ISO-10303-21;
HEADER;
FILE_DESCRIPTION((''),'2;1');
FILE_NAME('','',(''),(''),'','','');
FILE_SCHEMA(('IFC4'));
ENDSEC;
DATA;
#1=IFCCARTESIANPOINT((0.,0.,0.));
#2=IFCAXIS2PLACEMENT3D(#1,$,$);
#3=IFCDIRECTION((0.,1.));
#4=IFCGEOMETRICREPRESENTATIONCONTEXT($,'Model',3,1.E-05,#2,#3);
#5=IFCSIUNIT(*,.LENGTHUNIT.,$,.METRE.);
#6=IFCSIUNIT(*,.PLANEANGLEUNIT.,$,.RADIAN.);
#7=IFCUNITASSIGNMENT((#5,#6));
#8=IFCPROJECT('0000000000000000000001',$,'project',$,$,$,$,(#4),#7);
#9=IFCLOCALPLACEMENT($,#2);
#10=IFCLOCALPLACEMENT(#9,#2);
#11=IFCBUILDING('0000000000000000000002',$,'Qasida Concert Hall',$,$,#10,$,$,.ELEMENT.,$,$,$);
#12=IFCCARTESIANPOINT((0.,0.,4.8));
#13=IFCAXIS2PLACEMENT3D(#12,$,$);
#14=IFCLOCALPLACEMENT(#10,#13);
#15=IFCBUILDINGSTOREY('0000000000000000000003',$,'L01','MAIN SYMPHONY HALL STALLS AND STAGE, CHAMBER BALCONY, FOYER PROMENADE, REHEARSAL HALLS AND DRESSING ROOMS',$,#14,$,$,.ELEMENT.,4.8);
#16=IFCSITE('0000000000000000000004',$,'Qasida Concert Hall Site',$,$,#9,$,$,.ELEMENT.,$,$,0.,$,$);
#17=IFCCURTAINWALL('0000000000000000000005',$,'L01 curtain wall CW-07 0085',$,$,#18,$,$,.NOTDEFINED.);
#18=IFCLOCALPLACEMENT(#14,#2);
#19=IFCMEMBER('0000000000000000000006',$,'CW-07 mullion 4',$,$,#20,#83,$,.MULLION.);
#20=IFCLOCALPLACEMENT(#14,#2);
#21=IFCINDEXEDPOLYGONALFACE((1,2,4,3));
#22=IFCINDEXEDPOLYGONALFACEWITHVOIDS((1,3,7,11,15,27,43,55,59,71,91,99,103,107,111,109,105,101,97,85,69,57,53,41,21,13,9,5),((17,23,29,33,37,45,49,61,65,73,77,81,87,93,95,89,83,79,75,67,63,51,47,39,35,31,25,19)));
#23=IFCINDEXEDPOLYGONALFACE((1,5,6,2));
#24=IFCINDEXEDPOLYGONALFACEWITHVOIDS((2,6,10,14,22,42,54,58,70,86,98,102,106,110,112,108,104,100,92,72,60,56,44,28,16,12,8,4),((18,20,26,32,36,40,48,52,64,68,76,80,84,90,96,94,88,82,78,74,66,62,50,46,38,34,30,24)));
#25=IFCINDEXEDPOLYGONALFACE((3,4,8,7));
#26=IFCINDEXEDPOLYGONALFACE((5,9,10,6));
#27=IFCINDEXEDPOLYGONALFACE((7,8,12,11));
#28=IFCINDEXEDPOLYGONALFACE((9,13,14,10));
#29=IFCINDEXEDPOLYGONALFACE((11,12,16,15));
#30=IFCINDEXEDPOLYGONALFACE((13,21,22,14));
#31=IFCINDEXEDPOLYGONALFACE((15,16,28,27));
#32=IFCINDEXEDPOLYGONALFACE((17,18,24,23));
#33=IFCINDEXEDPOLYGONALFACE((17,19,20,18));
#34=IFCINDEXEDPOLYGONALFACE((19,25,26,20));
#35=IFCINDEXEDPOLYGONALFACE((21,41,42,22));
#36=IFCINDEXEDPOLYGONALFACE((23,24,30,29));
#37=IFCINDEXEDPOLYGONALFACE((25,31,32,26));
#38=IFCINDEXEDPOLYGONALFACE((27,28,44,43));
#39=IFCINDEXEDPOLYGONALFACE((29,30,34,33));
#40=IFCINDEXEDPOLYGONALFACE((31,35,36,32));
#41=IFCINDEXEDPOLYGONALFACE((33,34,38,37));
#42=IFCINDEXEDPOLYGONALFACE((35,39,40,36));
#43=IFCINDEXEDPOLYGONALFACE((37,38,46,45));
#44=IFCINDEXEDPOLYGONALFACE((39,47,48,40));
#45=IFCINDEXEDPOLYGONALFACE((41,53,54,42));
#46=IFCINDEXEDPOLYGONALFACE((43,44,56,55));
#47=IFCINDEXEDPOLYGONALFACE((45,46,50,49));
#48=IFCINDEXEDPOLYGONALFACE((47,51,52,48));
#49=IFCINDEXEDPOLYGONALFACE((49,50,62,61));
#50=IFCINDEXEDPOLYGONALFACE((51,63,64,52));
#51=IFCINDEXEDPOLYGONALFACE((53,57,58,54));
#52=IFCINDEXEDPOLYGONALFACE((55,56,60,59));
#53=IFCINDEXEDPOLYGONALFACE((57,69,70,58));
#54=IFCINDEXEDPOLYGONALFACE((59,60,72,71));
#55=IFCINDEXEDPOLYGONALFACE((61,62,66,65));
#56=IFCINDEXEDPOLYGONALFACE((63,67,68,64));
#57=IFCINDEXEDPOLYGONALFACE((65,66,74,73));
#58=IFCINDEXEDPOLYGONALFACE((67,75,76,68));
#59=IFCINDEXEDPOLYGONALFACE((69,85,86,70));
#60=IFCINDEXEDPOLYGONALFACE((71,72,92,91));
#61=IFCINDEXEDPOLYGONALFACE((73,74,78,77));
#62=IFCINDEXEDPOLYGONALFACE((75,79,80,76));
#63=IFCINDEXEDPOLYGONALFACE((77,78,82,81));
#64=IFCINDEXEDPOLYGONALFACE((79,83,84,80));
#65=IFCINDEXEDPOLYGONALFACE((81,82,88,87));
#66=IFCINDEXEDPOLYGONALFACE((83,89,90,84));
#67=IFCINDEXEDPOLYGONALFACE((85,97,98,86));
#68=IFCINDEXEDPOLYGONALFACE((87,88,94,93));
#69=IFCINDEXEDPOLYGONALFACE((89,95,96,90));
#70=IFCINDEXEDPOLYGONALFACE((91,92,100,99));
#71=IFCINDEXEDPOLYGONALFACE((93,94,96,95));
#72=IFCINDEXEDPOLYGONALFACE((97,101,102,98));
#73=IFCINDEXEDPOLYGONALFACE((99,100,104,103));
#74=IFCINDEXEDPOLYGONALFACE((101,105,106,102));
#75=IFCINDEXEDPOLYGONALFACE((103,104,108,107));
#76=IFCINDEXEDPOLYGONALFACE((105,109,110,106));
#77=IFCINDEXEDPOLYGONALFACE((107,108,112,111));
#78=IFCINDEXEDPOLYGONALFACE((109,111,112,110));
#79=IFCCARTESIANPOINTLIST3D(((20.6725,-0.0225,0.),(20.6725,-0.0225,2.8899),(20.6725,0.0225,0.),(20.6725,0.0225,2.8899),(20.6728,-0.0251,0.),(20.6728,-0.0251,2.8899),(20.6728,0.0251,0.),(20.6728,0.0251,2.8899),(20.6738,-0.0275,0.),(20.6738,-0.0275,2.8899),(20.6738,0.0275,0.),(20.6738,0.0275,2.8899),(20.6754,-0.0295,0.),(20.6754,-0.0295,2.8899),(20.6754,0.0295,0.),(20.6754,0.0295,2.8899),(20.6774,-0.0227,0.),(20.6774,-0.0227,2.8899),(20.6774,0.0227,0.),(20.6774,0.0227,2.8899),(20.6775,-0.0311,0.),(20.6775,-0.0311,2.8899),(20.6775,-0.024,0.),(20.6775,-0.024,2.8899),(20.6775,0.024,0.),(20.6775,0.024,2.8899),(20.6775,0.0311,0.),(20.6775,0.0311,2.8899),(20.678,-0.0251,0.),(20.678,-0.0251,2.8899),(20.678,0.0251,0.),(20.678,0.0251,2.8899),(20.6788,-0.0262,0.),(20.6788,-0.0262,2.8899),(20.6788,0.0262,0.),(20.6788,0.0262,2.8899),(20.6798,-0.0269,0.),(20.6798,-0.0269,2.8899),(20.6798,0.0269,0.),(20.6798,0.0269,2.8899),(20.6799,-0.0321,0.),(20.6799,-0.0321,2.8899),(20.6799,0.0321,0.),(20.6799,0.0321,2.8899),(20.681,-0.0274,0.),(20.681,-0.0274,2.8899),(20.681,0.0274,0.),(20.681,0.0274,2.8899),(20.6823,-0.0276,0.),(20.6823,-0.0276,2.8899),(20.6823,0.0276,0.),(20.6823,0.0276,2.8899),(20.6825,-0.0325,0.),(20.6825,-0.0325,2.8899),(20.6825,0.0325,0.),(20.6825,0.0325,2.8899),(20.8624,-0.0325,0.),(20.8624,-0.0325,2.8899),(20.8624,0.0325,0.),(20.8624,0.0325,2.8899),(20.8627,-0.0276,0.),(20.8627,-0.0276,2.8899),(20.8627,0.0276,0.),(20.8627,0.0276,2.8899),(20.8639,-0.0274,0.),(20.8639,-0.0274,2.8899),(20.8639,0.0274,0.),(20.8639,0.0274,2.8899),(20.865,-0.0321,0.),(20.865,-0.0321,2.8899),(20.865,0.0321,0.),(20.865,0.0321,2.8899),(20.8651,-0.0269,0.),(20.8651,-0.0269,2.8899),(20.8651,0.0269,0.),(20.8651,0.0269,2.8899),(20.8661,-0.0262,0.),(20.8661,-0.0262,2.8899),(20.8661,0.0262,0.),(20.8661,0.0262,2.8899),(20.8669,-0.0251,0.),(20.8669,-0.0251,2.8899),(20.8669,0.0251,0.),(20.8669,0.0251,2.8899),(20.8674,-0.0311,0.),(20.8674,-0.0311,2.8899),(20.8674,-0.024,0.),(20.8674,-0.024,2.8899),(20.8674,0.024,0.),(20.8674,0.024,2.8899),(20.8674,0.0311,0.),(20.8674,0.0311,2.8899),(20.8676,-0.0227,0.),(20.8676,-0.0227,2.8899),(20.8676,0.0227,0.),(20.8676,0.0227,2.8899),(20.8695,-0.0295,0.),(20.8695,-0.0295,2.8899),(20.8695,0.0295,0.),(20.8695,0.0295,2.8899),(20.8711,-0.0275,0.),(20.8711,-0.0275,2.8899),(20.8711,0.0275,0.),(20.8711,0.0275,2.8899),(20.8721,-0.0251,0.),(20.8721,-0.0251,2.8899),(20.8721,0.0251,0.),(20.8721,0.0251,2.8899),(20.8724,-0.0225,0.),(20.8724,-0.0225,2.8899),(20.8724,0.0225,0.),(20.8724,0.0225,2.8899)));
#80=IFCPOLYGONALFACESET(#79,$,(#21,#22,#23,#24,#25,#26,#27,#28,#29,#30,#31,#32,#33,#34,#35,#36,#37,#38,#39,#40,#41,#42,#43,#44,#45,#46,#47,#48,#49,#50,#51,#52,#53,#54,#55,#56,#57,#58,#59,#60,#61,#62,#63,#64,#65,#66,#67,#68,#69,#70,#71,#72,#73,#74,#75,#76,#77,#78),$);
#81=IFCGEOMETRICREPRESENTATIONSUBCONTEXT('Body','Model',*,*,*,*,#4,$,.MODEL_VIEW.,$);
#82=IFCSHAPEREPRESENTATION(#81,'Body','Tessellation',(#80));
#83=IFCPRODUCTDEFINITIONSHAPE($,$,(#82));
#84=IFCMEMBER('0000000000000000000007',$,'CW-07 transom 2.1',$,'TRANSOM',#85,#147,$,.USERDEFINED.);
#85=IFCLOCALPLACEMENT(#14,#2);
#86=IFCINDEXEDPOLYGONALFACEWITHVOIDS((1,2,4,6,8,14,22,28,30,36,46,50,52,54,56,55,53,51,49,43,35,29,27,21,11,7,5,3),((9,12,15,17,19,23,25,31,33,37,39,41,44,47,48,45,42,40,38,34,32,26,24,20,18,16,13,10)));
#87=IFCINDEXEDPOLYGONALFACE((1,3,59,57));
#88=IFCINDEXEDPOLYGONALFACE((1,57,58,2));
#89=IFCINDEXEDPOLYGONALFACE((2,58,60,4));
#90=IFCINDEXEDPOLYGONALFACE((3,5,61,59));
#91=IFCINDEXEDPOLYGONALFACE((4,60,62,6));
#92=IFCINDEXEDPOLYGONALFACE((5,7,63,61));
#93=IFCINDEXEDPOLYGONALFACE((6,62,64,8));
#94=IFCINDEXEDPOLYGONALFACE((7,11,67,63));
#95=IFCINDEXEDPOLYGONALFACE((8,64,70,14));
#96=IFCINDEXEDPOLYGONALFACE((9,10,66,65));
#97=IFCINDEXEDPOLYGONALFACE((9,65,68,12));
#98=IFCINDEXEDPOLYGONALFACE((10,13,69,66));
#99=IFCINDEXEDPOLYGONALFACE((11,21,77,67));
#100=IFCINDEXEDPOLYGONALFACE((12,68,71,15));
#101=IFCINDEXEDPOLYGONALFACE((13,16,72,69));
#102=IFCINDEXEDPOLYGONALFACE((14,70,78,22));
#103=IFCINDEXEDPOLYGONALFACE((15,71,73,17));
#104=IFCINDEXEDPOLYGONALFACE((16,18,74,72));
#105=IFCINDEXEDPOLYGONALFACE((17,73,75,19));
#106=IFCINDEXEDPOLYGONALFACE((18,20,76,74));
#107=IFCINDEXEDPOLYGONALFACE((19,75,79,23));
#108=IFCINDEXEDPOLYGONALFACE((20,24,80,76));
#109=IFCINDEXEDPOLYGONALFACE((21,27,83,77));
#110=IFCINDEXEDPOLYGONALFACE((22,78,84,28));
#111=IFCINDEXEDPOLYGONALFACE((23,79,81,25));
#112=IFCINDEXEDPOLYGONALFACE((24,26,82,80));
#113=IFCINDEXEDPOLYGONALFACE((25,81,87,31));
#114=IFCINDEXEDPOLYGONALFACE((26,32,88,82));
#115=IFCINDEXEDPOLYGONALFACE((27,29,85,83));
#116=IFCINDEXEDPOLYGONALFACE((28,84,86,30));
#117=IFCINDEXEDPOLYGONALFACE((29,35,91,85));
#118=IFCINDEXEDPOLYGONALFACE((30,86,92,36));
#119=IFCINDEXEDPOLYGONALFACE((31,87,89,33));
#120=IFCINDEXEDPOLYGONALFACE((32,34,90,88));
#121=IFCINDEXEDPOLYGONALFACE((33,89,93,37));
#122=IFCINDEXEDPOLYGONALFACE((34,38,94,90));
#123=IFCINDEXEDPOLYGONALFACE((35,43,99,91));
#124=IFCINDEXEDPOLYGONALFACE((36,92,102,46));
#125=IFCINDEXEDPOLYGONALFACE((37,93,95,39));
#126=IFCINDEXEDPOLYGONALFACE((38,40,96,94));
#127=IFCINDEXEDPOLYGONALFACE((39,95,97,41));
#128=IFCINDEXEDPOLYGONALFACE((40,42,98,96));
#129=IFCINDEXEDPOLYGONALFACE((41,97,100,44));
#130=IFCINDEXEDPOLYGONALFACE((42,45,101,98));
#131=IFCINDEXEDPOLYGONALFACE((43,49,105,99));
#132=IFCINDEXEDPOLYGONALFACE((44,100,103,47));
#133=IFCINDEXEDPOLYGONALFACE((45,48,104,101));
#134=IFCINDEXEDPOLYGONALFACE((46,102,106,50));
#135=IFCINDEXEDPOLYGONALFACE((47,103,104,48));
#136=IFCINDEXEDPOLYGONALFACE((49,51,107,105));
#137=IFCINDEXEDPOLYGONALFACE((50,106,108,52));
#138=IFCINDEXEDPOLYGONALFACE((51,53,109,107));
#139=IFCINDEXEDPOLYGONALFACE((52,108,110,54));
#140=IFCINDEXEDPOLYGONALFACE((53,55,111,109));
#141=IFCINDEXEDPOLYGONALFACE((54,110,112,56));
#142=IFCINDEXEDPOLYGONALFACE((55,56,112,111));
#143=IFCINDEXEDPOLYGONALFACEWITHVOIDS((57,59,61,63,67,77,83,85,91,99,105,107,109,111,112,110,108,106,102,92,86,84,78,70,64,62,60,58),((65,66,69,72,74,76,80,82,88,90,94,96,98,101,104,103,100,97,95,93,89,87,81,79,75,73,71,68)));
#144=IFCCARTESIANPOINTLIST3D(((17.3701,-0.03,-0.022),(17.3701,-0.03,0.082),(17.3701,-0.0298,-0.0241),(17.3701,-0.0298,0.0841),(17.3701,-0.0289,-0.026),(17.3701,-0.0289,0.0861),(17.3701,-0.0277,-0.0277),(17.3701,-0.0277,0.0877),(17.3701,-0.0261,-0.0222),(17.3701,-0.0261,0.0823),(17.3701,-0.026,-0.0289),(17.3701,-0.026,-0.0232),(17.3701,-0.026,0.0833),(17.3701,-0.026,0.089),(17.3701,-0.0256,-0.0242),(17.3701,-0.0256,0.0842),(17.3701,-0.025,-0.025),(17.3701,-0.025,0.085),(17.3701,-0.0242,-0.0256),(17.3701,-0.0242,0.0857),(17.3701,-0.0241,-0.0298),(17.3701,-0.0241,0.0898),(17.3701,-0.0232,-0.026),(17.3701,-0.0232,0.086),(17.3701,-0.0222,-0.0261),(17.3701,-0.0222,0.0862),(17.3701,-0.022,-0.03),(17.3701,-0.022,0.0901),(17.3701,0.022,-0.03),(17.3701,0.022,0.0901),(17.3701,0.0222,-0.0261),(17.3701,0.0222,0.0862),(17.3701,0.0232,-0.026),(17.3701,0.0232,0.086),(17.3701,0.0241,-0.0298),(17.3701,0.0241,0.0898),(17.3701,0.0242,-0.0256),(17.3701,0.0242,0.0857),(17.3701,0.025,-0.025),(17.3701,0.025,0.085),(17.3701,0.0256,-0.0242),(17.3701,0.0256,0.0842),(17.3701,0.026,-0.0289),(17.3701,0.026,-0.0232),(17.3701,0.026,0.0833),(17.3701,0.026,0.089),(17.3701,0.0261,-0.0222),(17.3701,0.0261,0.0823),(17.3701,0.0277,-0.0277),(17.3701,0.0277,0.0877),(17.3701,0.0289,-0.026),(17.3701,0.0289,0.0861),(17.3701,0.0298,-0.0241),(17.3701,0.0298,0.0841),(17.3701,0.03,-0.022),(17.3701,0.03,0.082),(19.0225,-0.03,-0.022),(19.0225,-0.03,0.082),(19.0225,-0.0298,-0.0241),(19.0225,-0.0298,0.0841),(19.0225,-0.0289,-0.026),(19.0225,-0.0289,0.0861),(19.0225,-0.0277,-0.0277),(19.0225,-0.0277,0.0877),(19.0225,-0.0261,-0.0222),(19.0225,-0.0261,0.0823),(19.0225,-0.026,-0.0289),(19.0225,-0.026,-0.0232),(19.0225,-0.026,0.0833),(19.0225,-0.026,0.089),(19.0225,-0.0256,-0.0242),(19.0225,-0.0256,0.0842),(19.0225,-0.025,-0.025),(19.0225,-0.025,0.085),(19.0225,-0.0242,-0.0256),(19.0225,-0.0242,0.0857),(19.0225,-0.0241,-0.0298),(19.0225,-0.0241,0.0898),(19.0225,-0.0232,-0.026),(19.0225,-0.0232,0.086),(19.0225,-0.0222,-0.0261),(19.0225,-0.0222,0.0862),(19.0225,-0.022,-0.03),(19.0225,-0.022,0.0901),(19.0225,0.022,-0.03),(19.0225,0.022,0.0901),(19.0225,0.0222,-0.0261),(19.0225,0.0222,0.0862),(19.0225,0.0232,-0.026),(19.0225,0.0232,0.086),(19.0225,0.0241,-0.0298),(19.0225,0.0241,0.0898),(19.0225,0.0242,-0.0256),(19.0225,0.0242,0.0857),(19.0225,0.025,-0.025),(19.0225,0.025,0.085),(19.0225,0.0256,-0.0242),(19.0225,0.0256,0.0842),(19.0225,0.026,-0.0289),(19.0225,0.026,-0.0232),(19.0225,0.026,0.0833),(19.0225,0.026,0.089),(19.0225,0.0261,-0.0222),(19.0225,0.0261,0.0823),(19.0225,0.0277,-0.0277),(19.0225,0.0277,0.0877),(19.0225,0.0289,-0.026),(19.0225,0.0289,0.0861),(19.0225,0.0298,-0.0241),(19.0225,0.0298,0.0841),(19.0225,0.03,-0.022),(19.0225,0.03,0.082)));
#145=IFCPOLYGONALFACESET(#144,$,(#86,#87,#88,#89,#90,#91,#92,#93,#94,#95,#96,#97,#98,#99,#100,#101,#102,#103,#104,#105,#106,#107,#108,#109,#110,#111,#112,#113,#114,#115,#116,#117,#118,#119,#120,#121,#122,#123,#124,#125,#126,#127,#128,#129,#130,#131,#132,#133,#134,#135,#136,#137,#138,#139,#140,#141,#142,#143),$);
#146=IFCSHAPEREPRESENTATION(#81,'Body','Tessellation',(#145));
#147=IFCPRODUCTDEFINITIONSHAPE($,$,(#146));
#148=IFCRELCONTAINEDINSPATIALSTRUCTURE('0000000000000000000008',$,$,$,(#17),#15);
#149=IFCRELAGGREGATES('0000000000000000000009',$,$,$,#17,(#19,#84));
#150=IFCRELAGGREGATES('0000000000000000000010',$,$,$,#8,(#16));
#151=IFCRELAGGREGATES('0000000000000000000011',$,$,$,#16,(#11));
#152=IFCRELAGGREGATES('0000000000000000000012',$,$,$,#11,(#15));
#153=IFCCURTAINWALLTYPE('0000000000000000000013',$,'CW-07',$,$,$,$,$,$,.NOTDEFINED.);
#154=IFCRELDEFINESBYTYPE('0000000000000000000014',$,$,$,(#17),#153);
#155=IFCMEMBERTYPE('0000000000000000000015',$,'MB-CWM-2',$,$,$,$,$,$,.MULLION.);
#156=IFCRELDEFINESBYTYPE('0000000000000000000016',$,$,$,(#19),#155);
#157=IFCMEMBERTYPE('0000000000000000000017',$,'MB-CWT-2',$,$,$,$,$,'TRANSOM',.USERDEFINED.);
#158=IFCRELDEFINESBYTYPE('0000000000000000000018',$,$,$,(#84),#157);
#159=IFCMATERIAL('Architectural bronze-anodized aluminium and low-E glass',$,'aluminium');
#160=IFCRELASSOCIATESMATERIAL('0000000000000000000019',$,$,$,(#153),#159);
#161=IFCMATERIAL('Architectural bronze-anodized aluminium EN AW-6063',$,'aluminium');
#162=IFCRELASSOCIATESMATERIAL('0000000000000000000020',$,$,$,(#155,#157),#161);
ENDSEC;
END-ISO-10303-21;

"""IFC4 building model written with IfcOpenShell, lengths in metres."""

from ifc_helpers import new_model, si_unit, direction, frame, origin, origin_2d, place, context, subcontext, project, spatial, hollow_rectangle, extrude, material, material_profile, profile_set, type_object, element, aggregate, save


model = new_model("IFC4")

# Units and contexts
model_context = context("Model", 3, precision=1e-05, world=origin(), true_north=direction((0.0, 1.0)))
body_context = subcontext(model_context, "Body", "Model", "MODEL_VIEW")
ifc_project = project(units=[si_unit("LENGTHUNIT", "METRE"), si_unit("PLANEANGLEUNIT", "RADIAN")], contexts=[model_context])

# Site, building, storey
site_placement = place(None, origin())
site = spatial("IfcSite", under=ifc_project, at=site_placement, Name="Qasida Concert Hall Site", CompositionType="ELEMENT", RefElevation=0.0)
building_placement = place(site_placement, origin())
building = spatial("IfcBuilding", under=site, at=building_placement, Name="Qasida Concert Hall", CompositionType="ELEMENT")
storey_placement = place(building_placement, frame((0.0, 0.0, 4.8)))
storey = spatial("IfcBuildingStorey", under=building, at=storey_placement, Name="L01", Description="MAIN SYMPHONY HALL STALLS AND STAGE, CHAMBER BALCONY, FOYER PROMENADE, REHEARSAL HALLS AND DRESSING ROOMS", CompositionType="ELEMENT", Elevation=4.8)

# Curtain wall, members
ifc_material_1 = material(Name="Architectural bronze-anodized aluminium and low-E glass", Category="aluminium")
curtain_wall_type = type_object("IfcCurtainWallType", Name="CW-07", PredefinedType="NOTDEFINED", material=ifc_material_1)
curtain_wall_placement = place(storey_placement, origin())
curtain_wall = element("IfcCurtainWall", 1, at=curtain_wall_placement, inside=storey, type_object=curtain_wall_type, Name="L01 curtain wall CW-07 0085", PredefinedType="NOTDEFINED")
ifc_material_2 = material(Name="Architectural bronze-anodized aluminium EN AW-6063", Category="aluminium")
ifc_material_profile_1 = material_profile(ifc_material_2, hollow_rectangle(XDim=0.0649, YDim=0.2, WallThickness=0.0049, InnerFilletRadius=0.0049, OuterFilletRadius=0.01, at=origin_2d()), Name="CWM 200x65x5")
ifc_profile_set_1 = profile_set([ifc_material_profile_1], Name="Architectural bronze-anodized aluminium EN AW-6063")
member_type_1 = type_object("IfcMemberType", Name="MB-CWM-2", PredefinedType="MULLION", material=ifc_profile_set_1)
member_1_placement = place(storey_placement, frame((20.7725, 0.0, 0.0), z_axis=(0.0, 0.0, 1.0), x_axis=(0.0, 1.0, 0.0)))
member_1 = element("IfcMember", 2, at=member_1_placement, type_object=member_type_1, Name="CW-07 mullion 4", PredefinedType="MULLION", context=body_context, shape_type="SweptSolid", body=[
    extrude(hollow_rectangle(XDim=0.0649, YDim=0.2, WallThickness=0.0049, InnerFilletRadius=0.0049, OuterFilletRadius=0.01, at=origin_2d()), origin(), (0.0, 0.0, 1.0), 2.8899),
])
ifc_material_profile_2 = material_profile(ifc_material_2, hollow_rectangle(XDim=0.0601, YDim=0.1201, WallThickness=0.0039, InnerFilletRadius=0.0039, OuterFilletRadius=0.0081, at=origin_2d()), Name="CWT 120x60x4")
ifc_profile_set_2 = profile_set([ifc_material_profile_2], Name="Architectural bronze-anodized aluminium EN AW-6063")
member_type_2 = type_object("IfcMemberType", Name="MB-CWT-2", ElementType="TRANSOM", PredefinedType="USERDEFINED", material=ifc_profile_set_2)
member_2_placement = place(storey_placement, frame((17.3701, 0.0, 0.03), z_axis=(1.0, 0.0, 0.0), x_axis=(0.0, 1.0, 0.0)))
member_2 = element("IfcMember", 3, at=member_2_placement, type_object=member_type_2, Name="CW-07 transom 2.1", ObjectType="TRANSOM", PredefinedType="USERDEFINED", context=body_context, shape_type="SweptSolid", body=[
    extrude(hollow_rectangle(XDim=0.0601, YDim=0.1201, WallThickness=0.0039, InnerFilletRadius=0.0039, OuterFilletRadius=0.0081, at=origin_2d()), origin(), (0.0, 0.0, 1.0), 1.6523),
])
aggregate(curtain_wall, [member_1, member_2])

save(model, "model.ifc")
